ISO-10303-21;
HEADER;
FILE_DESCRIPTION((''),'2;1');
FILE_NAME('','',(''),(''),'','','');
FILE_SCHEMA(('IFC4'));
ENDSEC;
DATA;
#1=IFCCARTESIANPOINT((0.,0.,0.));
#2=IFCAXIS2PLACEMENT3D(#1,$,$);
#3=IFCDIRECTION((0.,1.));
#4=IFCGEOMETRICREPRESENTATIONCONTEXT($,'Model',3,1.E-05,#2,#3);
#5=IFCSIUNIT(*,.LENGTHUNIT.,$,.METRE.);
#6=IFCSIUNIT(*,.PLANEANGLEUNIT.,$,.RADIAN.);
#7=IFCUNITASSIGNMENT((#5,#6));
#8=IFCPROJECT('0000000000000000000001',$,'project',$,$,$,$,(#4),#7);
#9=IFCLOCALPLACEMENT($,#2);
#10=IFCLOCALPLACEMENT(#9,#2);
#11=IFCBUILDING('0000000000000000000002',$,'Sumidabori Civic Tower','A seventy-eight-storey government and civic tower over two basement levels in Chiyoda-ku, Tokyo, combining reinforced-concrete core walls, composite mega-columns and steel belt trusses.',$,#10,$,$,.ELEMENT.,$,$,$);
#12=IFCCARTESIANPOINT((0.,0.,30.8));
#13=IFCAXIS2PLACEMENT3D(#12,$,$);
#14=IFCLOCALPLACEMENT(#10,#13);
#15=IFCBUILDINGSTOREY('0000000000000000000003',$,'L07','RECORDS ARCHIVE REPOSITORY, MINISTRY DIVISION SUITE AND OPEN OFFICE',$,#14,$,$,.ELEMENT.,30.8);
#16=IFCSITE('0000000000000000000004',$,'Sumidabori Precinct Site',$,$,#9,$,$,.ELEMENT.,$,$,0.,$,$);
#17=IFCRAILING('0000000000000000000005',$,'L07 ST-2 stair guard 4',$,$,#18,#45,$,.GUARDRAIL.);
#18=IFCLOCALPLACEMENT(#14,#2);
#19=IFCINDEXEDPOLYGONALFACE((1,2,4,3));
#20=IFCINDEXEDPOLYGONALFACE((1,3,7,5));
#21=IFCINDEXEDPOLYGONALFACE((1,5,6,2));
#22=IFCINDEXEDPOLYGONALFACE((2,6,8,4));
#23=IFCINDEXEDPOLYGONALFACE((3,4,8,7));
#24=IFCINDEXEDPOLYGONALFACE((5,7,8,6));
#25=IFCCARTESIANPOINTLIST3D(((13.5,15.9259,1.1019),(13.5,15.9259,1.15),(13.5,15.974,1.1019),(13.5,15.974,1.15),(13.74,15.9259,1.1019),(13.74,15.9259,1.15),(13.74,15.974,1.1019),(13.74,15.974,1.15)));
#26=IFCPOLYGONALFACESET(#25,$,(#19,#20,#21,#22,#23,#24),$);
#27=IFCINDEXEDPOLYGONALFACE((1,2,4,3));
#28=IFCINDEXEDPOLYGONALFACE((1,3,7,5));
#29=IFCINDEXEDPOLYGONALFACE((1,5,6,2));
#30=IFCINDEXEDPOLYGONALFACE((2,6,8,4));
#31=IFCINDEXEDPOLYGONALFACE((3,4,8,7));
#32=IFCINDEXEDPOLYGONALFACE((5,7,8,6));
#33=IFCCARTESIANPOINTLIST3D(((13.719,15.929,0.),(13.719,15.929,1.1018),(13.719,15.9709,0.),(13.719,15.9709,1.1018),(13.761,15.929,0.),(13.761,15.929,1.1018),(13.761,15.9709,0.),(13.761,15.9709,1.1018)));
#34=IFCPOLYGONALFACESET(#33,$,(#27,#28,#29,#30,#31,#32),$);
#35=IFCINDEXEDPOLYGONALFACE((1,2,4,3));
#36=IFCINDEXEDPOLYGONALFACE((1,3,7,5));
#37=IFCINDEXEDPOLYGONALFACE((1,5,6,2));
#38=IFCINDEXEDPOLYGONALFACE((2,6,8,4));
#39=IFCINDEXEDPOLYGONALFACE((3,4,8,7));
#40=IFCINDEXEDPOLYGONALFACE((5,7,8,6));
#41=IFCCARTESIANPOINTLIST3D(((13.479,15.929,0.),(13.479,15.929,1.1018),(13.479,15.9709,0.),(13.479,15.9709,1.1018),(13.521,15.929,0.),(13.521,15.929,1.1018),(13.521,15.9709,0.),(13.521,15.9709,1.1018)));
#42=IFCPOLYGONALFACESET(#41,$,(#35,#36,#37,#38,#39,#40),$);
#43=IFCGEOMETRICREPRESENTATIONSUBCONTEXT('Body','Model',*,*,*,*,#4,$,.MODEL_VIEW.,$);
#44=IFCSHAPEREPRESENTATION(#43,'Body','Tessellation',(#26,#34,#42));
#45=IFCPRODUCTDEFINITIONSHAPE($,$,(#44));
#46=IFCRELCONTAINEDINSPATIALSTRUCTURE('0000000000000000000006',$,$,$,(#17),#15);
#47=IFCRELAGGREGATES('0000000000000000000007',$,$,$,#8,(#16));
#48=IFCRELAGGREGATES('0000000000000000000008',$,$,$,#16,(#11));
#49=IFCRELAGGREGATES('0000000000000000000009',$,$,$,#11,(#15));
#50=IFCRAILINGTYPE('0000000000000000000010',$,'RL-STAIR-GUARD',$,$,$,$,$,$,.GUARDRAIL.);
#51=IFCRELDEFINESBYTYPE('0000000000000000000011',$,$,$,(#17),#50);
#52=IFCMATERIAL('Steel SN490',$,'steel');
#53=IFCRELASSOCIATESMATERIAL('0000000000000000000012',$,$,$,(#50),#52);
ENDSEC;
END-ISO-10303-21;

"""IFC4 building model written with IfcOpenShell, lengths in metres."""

from ifc_helpers import new_model, si_unit, direction, frame, origin, origin_2d, place, context, subcontext, project, spatial, rectangle, extrude, material, type_object, element, save


model = new_model("IFC4")

# Units and contexts
model_context = context("Model", 3, precision=1e-05, world=origin(), true_north=direction((0.0, 1.0)))
body_context = subcontext(model_context, "Body", "Model", "MODEL_VIEW")
ifc_project = project(units=[si_unit("LENGTHUNIT", "METRE"), si_unit("PLANEANGLEUNIT", "RADIAN")], contexts=[model_context])

# Site, building, storey
site_placement = place(None, origin())
site = spatial("IfcSite", under=ifc_project, at=site_placement, Name="Sumidabori Precinct Site", CompositionType="ELEMENT", RefElevation=0.0)
building_placement = place(site_placement, origin())
building = spatial("IfcBuilding", under=site, at=building_placement, Name="Sumidabori Civic Tower", Description="A seventy-eight-storey government and civic tower over two basement levels in Chiyoda-ku, Tokyo, combining reinforced-concrete core walls, composite mega-columns and steel belt trusses.", CompositionType="ELEMENT")
storey_placement = place(building_placement, frame((0.0, 0.0, 30.8)))
storey = spatial("IfcBuildingStorey", under=building, at=storey_placement, Name="L07", Description="RECORDS ARCHIVE REPOSITORY, MINISTRY DIVISION SUITE AND OPEN OFFICE", CompositionType="ELEMENT", Elevation=30.8)

# Shared definitions
ifc_material_1 = material(Name="Steel SN490", Category="steel")

# Railing
railing_type_1 = type_object("IfcRailingType", Name="RL-STAIR-GUARD", PredefinedType="GUARDRAIL", material=ifc_material_1)
railing_1_placement = place(storey_placement, frame((13.74, 15.95, 0.0)))
element("IfcRailing", 1, at=railing_1_placement, inside=storey, type_object=railing_type_1, Name="L07 ST-2 stair guard 4", PredefinedType="GUARDRAIL", context=body_context, shape_type="SweptSolid", body=[
    extrude(rectangle(XDim=0.0481, YDim=0.0481, at=origin_2d()), frame((0.0, 0.0, 1.126), z_axis=(-1.0, 0.0, 0.0), x_axis=(0.0, -1.0, 0.0)), (0.0, 0.0, 1.0), 0.24),
    extrude(rectangle(XDim=0.042, YDim=0.042, at=origin_2d()), origin(), (0.0, 0.0, 1.0), 1.1018),
    extrude(rectangle(XDim=0.042, YDim=0.042, at=origin_2d()), frame((-0.24, 0.0, 0.0)), (0.0, 0.0, 1.0), 1.1018),
])

save(model, "model.ifc")
